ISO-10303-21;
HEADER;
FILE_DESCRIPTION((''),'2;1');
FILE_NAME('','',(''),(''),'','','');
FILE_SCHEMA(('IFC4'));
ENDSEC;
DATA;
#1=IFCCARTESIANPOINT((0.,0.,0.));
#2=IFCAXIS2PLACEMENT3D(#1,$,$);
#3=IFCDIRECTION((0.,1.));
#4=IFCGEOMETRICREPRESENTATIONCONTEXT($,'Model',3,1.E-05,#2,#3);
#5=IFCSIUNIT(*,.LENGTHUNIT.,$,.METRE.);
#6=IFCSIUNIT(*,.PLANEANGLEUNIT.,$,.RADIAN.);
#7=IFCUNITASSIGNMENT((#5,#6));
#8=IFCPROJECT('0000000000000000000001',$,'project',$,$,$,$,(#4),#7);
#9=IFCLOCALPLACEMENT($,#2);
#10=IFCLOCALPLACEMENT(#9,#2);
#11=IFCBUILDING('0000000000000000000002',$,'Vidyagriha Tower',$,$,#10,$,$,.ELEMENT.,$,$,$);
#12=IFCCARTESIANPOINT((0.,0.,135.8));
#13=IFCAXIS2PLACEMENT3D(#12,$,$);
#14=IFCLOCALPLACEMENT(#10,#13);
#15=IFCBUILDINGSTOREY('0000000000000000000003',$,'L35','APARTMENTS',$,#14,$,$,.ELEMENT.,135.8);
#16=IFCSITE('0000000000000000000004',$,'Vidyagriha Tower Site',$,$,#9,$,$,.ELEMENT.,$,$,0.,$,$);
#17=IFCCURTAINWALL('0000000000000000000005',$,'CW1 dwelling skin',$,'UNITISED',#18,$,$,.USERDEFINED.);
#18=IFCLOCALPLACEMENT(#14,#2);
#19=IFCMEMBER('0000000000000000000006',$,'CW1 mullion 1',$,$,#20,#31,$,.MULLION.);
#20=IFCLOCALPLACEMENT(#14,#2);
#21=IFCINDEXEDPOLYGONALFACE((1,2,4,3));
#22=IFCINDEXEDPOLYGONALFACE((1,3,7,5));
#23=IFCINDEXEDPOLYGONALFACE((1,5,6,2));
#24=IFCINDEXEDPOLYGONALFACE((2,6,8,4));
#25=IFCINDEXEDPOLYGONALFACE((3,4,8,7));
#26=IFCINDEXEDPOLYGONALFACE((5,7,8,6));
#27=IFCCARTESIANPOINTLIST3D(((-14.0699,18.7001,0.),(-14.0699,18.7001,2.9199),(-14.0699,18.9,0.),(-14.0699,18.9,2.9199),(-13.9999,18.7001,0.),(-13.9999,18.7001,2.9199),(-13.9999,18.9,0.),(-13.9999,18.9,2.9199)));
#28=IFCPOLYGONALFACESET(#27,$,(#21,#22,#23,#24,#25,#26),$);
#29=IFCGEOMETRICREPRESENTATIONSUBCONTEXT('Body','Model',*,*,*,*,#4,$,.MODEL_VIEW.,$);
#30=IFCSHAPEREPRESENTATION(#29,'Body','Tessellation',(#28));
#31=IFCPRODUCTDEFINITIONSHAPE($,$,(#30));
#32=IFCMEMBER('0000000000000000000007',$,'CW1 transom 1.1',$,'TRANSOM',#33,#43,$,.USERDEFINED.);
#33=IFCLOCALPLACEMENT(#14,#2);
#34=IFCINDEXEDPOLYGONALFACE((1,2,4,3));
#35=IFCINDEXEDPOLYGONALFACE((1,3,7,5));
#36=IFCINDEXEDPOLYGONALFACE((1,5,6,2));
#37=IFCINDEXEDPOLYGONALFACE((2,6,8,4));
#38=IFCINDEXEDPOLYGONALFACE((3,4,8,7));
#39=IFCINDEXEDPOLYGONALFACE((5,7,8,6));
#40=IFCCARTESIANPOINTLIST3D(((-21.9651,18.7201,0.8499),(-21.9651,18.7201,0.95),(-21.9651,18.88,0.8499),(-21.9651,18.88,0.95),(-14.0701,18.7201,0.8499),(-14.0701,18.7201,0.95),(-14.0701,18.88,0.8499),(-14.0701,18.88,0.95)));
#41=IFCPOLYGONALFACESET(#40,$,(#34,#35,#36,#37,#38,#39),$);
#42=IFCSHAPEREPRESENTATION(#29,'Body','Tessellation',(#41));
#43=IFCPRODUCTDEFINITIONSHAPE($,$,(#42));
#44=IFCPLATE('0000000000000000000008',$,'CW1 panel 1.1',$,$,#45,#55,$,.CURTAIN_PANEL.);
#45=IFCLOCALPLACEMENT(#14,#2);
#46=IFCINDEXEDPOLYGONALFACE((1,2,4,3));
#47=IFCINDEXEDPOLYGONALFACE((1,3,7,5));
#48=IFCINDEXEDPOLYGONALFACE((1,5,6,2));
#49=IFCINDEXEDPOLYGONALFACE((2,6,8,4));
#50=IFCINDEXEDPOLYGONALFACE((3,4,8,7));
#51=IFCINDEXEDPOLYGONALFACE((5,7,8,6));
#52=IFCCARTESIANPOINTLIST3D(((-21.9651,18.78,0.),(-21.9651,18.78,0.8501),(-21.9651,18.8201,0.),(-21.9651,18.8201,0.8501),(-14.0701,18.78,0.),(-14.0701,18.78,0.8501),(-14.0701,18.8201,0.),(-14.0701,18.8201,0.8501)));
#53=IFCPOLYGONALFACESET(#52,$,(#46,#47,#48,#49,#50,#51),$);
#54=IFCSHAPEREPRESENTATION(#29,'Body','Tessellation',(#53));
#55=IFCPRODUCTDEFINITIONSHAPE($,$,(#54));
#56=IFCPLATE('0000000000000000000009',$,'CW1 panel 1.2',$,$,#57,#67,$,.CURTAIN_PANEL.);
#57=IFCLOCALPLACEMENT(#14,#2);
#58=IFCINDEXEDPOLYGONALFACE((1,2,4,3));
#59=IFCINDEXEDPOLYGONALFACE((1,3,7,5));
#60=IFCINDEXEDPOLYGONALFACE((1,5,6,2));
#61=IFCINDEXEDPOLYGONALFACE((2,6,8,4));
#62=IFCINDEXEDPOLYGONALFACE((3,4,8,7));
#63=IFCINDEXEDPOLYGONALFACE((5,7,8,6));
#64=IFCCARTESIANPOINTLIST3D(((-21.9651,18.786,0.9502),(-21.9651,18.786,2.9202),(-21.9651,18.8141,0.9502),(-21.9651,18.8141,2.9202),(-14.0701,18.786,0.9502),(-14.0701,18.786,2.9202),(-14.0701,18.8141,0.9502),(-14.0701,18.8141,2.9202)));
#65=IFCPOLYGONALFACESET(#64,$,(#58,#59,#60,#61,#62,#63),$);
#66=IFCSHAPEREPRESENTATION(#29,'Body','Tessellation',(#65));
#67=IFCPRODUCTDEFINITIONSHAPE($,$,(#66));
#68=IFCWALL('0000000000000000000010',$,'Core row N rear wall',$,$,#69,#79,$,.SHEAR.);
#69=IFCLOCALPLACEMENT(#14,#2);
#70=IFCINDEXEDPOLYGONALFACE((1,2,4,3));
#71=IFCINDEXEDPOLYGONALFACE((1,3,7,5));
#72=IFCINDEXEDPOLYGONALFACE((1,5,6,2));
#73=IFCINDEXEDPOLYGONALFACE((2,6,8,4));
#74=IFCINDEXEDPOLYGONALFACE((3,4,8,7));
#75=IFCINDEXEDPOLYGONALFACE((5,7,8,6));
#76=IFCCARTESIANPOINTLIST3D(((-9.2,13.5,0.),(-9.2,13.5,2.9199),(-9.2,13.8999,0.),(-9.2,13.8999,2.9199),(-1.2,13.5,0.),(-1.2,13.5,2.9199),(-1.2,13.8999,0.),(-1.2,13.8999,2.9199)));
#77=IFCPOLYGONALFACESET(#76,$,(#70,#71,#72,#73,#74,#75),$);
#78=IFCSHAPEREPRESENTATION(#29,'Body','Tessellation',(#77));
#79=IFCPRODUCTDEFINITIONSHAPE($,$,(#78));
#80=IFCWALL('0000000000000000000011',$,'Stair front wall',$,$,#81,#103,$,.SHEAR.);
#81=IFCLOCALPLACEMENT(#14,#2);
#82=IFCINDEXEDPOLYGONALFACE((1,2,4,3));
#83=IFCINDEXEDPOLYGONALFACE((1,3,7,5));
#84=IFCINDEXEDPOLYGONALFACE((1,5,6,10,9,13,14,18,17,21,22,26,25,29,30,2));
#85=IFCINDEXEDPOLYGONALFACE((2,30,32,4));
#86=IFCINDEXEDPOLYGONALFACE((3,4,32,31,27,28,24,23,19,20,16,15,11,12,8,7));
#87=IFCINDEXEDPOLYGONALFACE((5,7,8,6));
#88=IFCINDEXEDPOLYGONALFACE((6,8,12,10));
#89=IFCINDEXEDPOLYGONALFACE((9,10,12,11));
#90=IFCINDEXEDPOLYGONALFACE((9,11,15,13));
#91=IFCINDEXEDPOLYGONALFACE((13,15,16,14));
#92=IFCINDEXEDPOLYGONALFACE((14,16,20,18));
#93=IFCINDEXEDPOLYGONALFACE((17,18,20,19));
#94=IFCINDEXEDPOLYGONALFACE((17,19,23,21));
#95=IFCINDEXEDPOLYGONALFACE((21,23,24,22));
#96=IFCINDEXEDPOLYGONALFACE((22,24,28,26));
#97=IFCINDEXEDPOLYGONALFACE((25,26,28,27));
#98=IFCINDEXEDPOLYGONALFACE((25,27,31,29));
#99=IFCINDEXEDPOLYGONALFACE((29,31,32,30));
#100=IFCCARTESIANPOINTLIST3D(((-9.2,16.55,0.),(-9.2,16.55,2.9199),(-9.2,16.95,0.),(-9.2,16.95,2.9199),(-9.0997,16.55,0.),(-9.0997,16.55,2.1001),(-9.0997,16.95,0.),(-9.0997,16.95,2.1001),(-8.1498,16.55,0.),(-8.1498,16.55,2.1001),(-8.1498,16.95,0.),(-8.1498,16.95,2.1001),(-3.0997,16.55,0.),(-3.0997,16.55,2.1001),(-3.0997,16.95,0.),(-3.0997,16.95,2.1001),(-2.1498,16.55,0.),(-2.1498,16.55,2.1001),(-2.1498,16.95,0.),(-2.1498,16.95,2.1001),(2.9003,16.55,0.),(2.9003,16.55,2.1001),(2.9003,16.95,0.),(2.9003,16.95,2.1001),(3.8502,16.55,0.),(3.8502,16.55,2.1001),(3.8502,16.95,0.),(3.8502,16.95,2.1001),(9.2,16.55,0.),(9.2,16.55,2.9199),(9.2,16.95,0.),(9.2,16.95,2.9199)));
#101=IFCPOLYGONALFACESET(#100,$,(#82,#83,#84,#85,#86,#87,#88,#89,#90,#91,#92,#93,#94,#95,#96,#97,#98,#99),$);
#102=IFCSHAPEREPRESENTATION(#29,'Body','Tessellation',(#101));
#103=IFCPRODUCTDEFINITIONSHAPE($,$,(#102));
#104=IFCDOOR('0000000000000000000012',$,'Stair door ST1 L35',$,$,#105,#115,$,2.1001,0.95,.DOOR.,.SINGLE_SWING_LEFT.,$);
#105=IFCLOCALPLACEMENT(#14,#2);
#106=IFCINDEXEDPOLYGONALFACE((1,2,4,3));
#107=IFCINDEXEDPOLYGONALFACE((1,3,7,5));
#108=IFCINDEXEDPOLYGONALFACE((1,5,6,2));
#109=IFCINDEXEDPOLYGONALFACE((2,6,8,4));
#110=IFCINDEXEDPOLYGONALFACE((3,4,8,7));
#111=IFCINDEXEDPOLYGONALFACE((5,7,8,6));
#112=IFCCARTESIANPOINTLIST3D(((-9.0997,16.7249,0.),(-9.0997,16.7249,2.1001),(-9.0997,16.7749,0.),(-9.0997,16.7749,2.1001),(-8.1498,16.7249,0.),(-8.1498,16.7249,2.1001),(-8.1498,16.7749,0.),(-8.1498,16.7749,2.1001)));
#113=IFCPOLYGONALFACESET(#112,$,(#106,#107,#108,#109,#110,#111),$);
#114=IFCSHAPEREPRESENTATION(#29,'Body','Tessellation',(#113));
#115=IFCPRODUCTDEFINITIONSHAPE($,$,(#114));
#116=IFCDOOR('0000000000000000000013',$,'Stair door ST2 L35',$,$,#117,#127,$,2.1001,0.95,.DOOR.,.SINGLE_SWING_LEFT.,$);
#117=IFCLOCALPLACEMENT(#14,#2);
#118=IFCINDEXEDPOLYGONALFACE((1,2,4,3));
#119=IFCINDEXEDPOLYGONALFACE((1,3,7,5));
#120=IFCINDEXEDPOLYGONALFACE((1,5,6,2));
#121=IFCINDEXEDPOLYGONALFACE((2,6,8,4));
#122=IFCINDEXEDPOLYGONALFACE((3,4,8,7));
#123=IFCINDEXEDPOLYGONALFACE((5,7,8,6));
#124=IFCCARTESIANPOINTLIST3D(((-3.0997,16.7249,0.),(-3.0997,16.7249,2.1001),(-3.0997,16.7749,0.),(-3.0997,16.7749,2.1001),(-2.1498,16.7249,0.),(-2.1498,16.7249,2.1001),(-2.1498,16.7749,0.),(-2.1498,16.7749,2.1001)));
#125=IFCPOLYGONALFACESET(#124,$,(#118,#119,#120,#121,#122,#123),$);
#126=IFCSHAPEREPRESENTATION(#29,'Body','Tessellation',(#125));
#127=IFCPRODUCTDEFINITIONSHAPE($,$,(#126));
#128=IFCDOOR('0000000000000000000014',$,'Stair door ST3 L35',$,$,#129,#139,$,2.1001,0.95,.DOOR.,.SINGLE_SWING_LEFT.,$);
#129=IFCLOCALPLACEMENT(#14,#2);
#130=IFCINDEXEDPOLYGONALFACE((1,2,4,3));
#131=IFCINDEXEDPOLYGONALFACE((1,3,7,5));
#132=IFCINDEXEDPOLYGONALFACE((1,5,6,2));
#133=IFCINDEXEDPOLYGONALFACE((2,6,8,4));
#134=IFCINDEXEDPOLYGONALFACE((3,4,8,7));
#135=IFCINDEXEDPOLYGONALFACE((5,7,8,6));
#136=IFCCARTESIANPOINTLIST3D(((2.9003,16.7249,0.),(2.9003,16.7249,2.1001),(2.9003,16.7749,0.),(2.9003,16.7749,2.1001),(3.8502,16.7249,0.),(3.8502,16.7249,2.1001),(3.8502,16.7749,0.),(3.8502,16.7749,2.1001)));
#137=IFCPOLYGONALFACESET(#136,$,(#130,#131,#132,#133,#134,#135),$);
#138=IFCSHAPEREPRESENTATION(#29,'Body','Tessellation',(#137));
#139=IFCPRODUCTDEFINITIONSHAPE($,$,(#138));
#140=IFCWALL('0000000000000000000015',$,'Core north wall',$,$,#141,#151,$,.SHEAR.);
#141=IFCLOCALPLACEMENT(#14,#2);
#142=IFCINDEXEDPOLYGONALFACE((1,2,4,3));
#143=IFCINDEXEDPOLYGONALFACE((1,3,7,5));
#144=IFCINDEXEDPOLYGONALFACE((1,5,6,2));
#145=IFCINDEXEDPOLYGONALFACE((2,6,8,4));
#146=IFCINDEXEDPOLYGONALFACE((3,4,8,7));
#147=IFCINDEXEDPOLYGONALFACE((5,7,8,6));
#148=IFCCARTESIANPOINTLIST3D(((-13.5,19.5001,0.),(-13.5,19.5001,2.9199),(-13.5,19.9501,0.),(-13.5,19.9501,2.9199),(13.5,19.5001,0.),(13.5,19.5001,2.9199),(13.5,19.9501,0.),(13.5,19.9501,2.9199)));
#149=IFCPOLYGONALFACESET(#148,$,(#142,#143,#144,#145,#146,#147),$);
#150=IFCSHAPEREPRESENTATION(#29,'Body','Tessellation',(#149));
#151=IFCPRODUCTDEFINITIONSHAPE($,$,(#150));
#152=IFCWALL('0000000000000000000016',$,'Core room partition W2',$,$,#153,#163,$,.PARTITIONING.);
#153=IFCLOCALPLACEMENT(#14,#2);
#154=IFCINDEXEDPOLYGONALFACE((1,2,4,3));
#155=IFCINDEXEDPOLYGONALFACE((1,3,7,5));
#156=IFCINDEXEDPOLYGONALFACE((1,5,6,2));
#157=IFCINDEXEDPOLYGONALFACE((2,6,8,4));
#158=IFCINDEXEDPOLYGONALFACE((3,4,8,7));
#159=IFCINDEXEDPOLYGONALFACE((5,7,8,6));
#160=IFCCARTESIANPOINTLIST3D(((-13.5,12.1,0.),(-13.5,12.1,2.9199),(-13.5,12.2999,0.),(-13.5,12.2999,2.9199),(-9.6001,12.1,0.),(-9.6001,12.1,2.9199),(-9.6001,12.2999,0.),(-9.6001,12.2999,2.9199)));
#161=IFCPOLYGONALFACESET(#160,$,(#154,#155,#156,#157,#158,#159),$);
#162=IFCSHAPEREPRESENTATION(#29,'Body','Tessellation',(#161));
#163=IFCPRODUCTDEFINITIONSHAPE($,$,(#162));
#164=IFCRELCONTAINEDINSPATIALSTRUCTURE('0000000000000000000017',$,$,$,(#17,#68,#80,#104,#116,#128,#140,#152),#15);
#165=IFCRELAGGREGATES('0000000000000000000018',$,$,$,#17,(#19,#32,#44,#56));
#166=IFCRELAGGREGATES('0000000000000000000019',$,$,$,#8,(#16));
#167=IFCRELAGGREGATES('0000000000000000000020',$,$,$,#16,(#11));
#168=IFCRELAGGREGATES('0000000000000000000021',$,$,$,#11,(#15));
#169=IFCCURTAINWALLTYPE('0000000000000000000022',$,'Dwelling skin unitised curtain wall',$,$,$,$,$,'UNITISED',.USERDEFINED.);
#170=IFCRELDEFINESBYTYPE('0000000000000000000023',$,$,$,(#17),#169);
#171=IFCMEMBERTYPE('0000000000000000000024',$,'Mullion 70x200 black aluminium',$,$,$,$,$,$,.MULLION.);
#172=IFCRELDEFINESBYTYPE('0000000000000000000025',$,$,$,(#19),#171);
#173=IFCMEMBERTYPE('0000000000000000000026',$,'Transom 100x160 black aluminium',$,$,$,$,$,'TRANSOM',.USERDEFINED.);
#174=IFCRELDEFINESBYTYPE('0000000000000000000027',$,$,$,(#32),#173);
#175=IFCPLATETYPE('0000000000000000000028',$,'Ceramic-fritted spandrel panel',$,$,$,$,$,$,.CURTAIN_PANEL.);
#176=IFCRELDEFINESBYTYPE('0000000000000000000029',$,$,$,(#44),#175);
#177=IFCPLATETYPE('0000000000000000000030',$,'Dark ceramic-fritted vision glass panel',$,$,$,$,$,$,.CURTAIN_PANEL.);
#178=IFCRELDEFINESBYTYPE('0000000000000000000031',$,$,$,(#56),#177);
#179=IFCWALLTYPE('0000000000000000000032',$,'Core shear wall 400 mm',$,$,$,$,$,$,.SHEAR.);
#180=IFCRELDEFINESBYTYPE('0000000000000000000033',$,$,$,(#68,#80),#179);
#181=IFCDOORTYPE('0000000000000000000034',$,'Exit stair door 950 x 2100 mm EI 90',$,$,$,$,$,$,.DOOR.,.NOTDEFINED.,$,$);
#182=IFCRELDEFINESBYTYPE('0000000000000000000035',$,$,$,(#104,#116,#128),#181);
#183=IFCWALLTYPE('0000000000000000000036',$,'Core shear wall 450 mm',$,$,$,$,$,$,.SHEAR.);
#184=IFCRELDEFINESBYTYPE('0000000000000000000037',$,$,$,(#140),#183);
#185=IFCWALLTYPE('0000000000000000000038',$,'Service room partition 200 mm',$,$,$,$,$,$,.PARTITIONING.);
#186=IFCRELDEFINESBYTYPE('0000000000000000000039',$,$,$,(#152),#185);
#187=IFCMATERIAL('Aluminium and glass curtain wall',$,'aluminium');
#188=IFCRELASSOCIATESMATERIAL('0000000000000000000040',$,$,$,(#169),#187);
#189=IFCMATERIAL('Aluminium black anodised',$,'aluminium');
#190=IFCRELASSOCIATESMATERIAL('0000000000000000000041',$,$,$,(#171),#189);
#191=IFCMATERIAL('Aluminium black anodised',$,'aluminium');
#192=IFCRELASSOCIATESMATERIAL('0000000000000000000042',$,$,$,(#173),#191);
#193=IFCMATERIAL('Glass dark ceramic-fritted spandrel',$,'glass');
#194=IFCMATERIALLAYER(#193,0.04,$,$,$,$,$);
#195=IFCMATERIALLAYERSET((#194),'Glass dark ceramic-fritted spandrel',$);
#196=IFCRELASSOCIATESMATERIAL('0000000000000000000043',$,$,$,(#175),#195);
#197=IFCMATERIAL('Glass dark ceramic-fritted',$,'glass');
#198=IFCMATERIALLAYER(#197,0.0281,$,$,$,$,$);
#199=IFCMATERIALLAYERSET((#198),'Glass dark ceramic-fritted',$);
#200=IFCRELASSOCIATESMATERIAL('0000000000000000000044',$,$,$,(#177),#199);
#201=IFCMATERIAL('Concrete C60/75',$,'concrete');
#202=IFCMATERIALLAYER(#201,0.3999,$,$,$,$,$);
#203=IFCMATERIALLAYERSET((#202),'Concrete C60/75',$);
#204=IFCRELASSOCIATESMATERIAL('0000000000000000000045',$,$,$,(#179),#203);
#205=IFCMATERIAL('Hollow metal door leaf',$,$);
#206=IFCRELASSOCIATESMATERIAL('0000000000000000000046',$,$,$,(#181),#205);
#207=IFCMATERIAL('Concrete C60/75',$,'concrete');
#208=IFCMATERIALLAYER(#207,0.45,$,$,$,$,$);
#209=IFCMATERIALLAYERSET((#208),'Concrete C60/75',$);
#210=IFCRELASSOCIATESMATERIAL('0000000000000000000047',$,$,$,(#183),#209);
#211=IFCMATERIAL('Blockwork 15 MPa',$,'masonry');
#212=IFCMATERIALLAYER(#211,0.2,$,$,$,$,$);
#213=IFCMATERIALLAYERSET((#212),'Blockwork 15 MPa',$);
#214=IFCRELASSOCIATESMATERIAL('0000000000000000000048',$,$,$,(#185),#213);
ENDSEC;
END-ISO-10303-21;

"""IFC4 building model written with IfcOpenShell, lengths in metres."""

from ifc_helpers import new_model, si_unit, direction, frame, frame_2d, origin, origin_2d, place, context, subcontext, project, spatial, rectangle, extrude, material, layer, layer_set, material_profile, profile_set, type_object, element, fill, aggregate, save


model = new_model("IFC4")

# Units and contexts
model_context = context("Model", 3, precision=1e-05, world=origin(), true_north=direction((0.0, 1.0)))
body_context = subcontext(model_context, "Body", "Model", "MODEL_VIEW")
ifc_project = project(units=[si_unit("LENGTHUNIT", "METRE"), si_unit("PLANEANGLEUNIT", "RADIAN")], contexts=[model_context])

# Site, building, storey
site_placement = place(None, origin())
site = spatial("IfcSite", under=ifc_project, at=site_placement, Name="Vidyagriha Tower Site", CompositionType="ELEMENT", RefElevation=0.0)
building_placement = place(site_placement, origin())
building = spatial("IfcBuilding", under=site, at=building_placement, Name="Vidyagriha Tower", CompositionType="ELEMENT")
storey_placement = place(building_placement, frame((0.0, 0.0, 135.8)))
storey = spatial("IfcBuildingStorey", under=building, at=storey_placement, Name="L35", Description="APARTMENTS", CompositionType="ELEMENT", Elevation=135.8)

# Curtain wall, members, plates
ifc_material_1 = material(Name="Aluminium and glass curtain wall", Category="aluminium")
curtain_wall_type = type_object("IfcCurtainWallType", Name="Dwelling skin unitised curtain wall", ElementType="UNITISED", PredefinedType="USERDEFINED", material=ifc_material_1)
curtain_wall_placement = place(storey_placement, origin())
curtain_wall = element("IfcCurtainWall", 1, at=curtain_wall_placement, inside=storey, type_object=curtain_wall_type, Name="CW1 dwelling skin", ObjectType="UNITISED", PredefinedType="USERDEFINED")
ifc_material_2 = material(Name="Aluminium black anodised", Category="aluminium")
ifc_material_profile_1 = material_profile(ifc_material_2, rectangle(XDim=0.2, YDim=0.0701, at=origin_2d()), Name="Mullion 70x200 black aluminium")
ifc_profile_set_1 = profile_set([ifc_material_profile_1], Name="Aluminium black anodised")
member_type_1 = type_object("IfcMemberType", Name="Mullion 70x200 black aluminium", PredefinedType="MULLION", material=ifc_profile_set_1)
member_1_placement = place(storey_placement, frame((-14.0349, 18.8, 0.0), z_axis=(0.0, 0.0, 1.0), x_axis=(0.0, -1.0, 0.0)))
member_1 = element("IfcMember", 2, at=member_1_placement, type_object=member_type_1, Name="CW1 mullion 1", PredefinedType="MULLION", context=body_context, shape_type="SweptSolid", body=[
    extrude(rectangle(XDim=0.2, YDim=0.0701, at=origin_2d()), origin(), (0.0, 0.0, 1.0), 2.9199),
])
ifc_material_3 = material(Name="Aluminium black anodised", Category="aluminium")
ifc_material_profile_2 = material_profile(ifc_material_3, rectangle(XDim=0.1599, YDim=0.1001, at=origin_2d()), Name="Transom 100x160 black aluminium")
ifc_profile_set_2 = profile_set([ifc_material_profile_2], Name="Aluminium black anodised")
member_type_2 = type_object("IfcMemberType", Name="Transom 100x160 black aluminium", ElementType="TRANSOM", PredefinedType="USERDEFINED", material=ifc_profile_set_2)
member_2_placement = place(storey_placement, frame((-14.0701, 18.8, 0.8999), z_axis=(-1.0, 0.0, 0.0), x_axis=(0.0, -1.0, 0.0)))
member_2 = element("IfcMember", 3, at=member_2_placement, type_object=member_type_2, Name="CW1 transom 1.1", ObjectType="TRANSOM", PredefinedType="USERDEFINED", context=body_context, shape_type="SweptSolid", body=[
    extrude(rectangle(XDim=0.1599, YDim=0.1001, at=origin_2d()), origin(), (0.0, 0.0, 1.0), 7.895),
])
ifc_material_4 = material(Name="Glass dark ceramic-fritted spandrel", Category="glass")
ifc_layer_1 = layer(ifc_material_4, 0.04)
ifc_layer_set_1 = layer_set([ifc_layer_1], Name="Glass dark ceramic-fritted spandrel")
plate_type_1 = type_object("IfcPlateType", Name="Ceramic-fritted spandrel panel", PredefinedType="CURTAIN_PANEL", material=ifc_layer_set_1)
plate_1_placement = place(storey_placement, frame((-18.0176, 18.8, 0.0), z_axis=(0.0, 0.0, 1.0), x_axis=(-1.0, 0.0, 0.0)))
plate_1 = element("IfcPlate", 4, at=plate_1_placement, type_object=plate_type_1, Name="CW1 panel 1.1", PredefinedType="CURTAIN_PANEL", context=body_context, shape_type="SweptSolid", body=[
    extrude(rectangle(XDim=7.895, YDim=0.04, at=origin_2d()), origin(), (0.0, 0.0, 1.0), 0.8501),
])
ifc_material_5 = material(Name="Glass dark ceramic-fritted", Category="glass")
ifc_layer_2 = layer(ifc_material_5, 0.0281)
ifc_layer_set_2 = layer_set([ifc_layer_2], Name="Glass dark ceramic-fritted")
plate_type_2 = type_object("IfcPlateType", Name="Dark ceramic-fritted vision glass panel", PredefinedType="CURTAIN_PANEL", material=ifc_layer_set_2)
plate_2_placement = place(storey_placement, frame((-18.0176, 18.8, 0.9502), z_axis=(0.0, 0.0, 1.0), x_axis=(-1.0, 0.0, 0.0)))
plate_2 = element("IfcPlate", 5, at=plate_2_placement, type_object=plate_type_2, Name="CW1 panel 1.2", PredefinedType="CURTAIN_PANEL", context=body_context, shape_type="SweptSolid", body=[
    extrude(rectangle(XDim=7.895, YDim=0.0281, at=origin_2d()), origin(), (0.0, 0.0, 1.0), 1.97),
])
aggregate(curtain_wall, [member_1, member_2, plate_1, plate_2])

# Wall
ifc_material_6 = material(Name="Concrete C60/75", Category="concrete")
ifc_layer_3 = layer(ifc_material_6, 0.3999)
ifc_layer_set_3 = layer_set([ifc_layer_3], Name="Concrete C60/75")
wall_type_1 = type_object("IfcWallType", Name="Core shear wall 400 mm", PredefinedType="SHEAR", material=ifc_layer_set_3)
wall_1_placement = place(storey_placement, frame((-9.2, 13.7, 0.0)))
element("IfcWall", 6, at=wall_1_placement, inside=storey, type_object=wall_type_1, Name="Core row N rear wall", PredefinedType="SHEAR", context=body_context, shape_type="SweptSolid", body=[
    extrude(rectangle(XDim=8.0, YDim=0.3999, at=frame_2d((4.0, 0.0))), origin(), (0.0, 0.0, 1.0), 2.9199),
])

# Wall, openings, doors
wall_2_placement = place(storey_placement, frame((-9.2, 16.75, 0.0)))
wall_2 = element("IfcWall", 7, at=wall_2_placement, inside=storey, type_object=wall_type_1, Name="Stair front wall", PredefinedType="SHEAR", context=body_context, shape_type="SweptSolid", body=[
    extrude(rectangle(XDim=18.3999, YDim=0.3999, at=frame_2d((9.2, 0.0))), origin(), (0.0, 0.0, 1.0), 2.9199),
])
opening_1_placement = place(wall_2_placement, frame((0.1001, 0.0, 0.0)))
opening_1 = element("IfcOpeningElement", 8, at=opening_1_placement, cuts=wall_2, PredefinedType="OPENING", context=body_context, shape_type="SweptSolid", body=[
    extrude(rectangle(XDim=0.95, YDim=2.1001, at=frame_2d((0.4751, 1.05))), frame((0.0, 0.21, 0.0), z_axis=(0.0, -1.0, 0.0), x_axis=(1.0, 0.0, 0.0)), (0.0, 0.0, 1.0), 0.4199),
])
opening_2_placement = place(wall_2_placement, frame((6.1001, 0.0, 0.0)))
opening_2 = element("IfcOpeningElement", 9, at=opening_2_placement, cuts=wall_2, PredefinedType="OPENING", context=body_context, shape_type="SweptSolid", body=[
    extrude(rectangle(XDim=0.95, YDim=2.1001, at=frame_2d((0.4751, 1.05))), frame((0.0, 0.21, 0.0), z_axis=(0.0, -1.0, 0.0), x_axis=(1.0, 0.0, 0.0)), (0.0, 0.0, 1.0), 0.4199),
])
opening_3_placement = place(wall_2_placement, frame((12.1001, 0.0, 0.0)))
opening_3 = element("IfcOpeningElement", 10, at=opening_3_placement, cuts=wall_2, PredefinedType="OPENING", context=body_context, shape_type="SweptSolid", body=[
    extrude(rectangle(XDim=0.95, YDim=2.1001, at=frame_2d((0.4751, 1.05))), frame((0.0, 0.21, 0.0), z_axis=(0.0, -1.0, 0.0), x_axis=(1.0, 0.0, 0.0)), (0.0, 0.0, 1.0), 0.4199),
])
ifc_material_7 = material(Name="Hollow metal door leaf")
door_type = type_object("IfcDoorType", Name="Exit stair door 950 x 2100 mm EI 90", OperationType="NOTDEFINED", PredefinedType="DOOR", material=ifc_material_7)
door_1_placement = place(opening_1_placement, origin())
door_1 = element("IfcDoor", 11, at=door_1_placement, inside=storey, type_object=door_type, Name="Stair door ST1 L35", OperationType="SINGLE_SWING_LEFT", OverallHeight=2.1001, OverallWidth=0.95, PredefinedType="DOOR", context=body_context, shape_type="SweptSolid", body=[
    extrude(rectangle(XDim=0.95, YDim=2.1001, at=frame_2d((0.4751, 1.05))), frame((0.0, 0.0249, 0.0), z_axis=(0.0, -1.0, 0.0), x_axis=(1.0, 0.0, 0.0)), (0.0, 0.0, 1.0), 0.05),
])
fill(opening_1, door_1)
door_2_placement = place(opening_2_placement, origin())
door_2 = element("IfcDoor", 12, at=door_2_placement, inside=storey, type_object=door_type, Name="Stair door ST2 L35", OperationType="SINGLE_SWING_LEFT", OverallHeight=2.1001, OverallWidth=0.95, PredefinedType="DOOR", context=body_context, shape_type="SweptSolid", body=[
    extrude(rectangle(XDim=0.95, YDim=2.1001, at=frame_2d((0.4751, 1.05))), frame((0.0, 0.0249, 0.0), z_axis=(0.0, -1.0, 0.0), x_axis=(1.0, 0.0, 0.0)), (0.0, 0.0, 1.0), 0.05),
])
fill(opening_2, door_2)
door_3_placement = place(opening_3_placement, origin())
door_3 = element("IfcDoor", 13, at=door_3_placement, inside=storey, type_object=door_type, Name="Stair door ST3 L35", OperationType="SINGLE_SWING_LEFT", OverallHeight=2.1001, OverallWidth=0.95, PredefinedType="DOOR", context=body_context, shape_type="SweptSolid", body=[
    extrude(rectangle(XDim=0.95, YDim=2.1001, at=frame_2d((0.4751, 1.05))), frame((0.0, 0.0249, 0.0), z_axis=(0.0, -1.0, 0.0), x_axis=(1.0, 0.0, 0.0)), (0.0, 0.0, 1.0), 0.05),
])
fill(opening_3, door_3)

# Walls
ifc_material_8 = material(Name="Concrete C60/75", Category="concrete")
ifc_layer_4 = layer(ifc_material_8, 0.45)
ifc_layer_set_4 = layer_set([ifc_layer_4], Name="Concrete C60/75")
wall_type_2 = type_object("IfcWallType", Name="Core shear wall 450 mm", PredefinedType="SHEAR", material=ifc_layer_set_4)
wall_3_placement = place(storey_placement, frame((-13.5, 19.7251, 0.0)))
element("IfcWall", 14, at=wall_3_placement, inside=storey, type_object=wall_type_2, Name="Core north wall", PredefinedType="SHEAR", context=body_context, shape_type="SweptSolid", body=[
    extrude(rectangle(XDim=27.0, YDim=0.45, at=frame_2d((13.5, 0.0))), origin(), (0.0, 0.0, 1.0), 2.9199),
])
ifc_material_9 = material(Name="Blockwork 15 MPa", Category="masonry")
ifc_layer_5 = layer(ifc_material_9, 0.2)
ifc_layer_set_5 = layer_set([ifc_layer_5], Name="Blockwork 15 MPa")
wall_type_3 = type_object("IfcWallType", Name="Service room partition 200 mm", PredefinedType="PARTITIONING", material=ifc_layer_set_5)
wall_4_placement = place(storey_placement, frame((-13.5, 12.2, 0.0)))
element("IfcWall", 15, at=wall_4_placement, inside=storey, type_object=wall_type_3, Name="Core room partition W2", PredefinedType="PARTITIONING", context=body_context, shape_type="SweptSolid", body=[
    extrude(rectangle(XDim=3.8999, YDim=0.2, at=frame_2d((1.95, 0.0))), origin(), (0.0, 0.0, 1.0), 2.9199),
])

save(model, "model.ifc")
